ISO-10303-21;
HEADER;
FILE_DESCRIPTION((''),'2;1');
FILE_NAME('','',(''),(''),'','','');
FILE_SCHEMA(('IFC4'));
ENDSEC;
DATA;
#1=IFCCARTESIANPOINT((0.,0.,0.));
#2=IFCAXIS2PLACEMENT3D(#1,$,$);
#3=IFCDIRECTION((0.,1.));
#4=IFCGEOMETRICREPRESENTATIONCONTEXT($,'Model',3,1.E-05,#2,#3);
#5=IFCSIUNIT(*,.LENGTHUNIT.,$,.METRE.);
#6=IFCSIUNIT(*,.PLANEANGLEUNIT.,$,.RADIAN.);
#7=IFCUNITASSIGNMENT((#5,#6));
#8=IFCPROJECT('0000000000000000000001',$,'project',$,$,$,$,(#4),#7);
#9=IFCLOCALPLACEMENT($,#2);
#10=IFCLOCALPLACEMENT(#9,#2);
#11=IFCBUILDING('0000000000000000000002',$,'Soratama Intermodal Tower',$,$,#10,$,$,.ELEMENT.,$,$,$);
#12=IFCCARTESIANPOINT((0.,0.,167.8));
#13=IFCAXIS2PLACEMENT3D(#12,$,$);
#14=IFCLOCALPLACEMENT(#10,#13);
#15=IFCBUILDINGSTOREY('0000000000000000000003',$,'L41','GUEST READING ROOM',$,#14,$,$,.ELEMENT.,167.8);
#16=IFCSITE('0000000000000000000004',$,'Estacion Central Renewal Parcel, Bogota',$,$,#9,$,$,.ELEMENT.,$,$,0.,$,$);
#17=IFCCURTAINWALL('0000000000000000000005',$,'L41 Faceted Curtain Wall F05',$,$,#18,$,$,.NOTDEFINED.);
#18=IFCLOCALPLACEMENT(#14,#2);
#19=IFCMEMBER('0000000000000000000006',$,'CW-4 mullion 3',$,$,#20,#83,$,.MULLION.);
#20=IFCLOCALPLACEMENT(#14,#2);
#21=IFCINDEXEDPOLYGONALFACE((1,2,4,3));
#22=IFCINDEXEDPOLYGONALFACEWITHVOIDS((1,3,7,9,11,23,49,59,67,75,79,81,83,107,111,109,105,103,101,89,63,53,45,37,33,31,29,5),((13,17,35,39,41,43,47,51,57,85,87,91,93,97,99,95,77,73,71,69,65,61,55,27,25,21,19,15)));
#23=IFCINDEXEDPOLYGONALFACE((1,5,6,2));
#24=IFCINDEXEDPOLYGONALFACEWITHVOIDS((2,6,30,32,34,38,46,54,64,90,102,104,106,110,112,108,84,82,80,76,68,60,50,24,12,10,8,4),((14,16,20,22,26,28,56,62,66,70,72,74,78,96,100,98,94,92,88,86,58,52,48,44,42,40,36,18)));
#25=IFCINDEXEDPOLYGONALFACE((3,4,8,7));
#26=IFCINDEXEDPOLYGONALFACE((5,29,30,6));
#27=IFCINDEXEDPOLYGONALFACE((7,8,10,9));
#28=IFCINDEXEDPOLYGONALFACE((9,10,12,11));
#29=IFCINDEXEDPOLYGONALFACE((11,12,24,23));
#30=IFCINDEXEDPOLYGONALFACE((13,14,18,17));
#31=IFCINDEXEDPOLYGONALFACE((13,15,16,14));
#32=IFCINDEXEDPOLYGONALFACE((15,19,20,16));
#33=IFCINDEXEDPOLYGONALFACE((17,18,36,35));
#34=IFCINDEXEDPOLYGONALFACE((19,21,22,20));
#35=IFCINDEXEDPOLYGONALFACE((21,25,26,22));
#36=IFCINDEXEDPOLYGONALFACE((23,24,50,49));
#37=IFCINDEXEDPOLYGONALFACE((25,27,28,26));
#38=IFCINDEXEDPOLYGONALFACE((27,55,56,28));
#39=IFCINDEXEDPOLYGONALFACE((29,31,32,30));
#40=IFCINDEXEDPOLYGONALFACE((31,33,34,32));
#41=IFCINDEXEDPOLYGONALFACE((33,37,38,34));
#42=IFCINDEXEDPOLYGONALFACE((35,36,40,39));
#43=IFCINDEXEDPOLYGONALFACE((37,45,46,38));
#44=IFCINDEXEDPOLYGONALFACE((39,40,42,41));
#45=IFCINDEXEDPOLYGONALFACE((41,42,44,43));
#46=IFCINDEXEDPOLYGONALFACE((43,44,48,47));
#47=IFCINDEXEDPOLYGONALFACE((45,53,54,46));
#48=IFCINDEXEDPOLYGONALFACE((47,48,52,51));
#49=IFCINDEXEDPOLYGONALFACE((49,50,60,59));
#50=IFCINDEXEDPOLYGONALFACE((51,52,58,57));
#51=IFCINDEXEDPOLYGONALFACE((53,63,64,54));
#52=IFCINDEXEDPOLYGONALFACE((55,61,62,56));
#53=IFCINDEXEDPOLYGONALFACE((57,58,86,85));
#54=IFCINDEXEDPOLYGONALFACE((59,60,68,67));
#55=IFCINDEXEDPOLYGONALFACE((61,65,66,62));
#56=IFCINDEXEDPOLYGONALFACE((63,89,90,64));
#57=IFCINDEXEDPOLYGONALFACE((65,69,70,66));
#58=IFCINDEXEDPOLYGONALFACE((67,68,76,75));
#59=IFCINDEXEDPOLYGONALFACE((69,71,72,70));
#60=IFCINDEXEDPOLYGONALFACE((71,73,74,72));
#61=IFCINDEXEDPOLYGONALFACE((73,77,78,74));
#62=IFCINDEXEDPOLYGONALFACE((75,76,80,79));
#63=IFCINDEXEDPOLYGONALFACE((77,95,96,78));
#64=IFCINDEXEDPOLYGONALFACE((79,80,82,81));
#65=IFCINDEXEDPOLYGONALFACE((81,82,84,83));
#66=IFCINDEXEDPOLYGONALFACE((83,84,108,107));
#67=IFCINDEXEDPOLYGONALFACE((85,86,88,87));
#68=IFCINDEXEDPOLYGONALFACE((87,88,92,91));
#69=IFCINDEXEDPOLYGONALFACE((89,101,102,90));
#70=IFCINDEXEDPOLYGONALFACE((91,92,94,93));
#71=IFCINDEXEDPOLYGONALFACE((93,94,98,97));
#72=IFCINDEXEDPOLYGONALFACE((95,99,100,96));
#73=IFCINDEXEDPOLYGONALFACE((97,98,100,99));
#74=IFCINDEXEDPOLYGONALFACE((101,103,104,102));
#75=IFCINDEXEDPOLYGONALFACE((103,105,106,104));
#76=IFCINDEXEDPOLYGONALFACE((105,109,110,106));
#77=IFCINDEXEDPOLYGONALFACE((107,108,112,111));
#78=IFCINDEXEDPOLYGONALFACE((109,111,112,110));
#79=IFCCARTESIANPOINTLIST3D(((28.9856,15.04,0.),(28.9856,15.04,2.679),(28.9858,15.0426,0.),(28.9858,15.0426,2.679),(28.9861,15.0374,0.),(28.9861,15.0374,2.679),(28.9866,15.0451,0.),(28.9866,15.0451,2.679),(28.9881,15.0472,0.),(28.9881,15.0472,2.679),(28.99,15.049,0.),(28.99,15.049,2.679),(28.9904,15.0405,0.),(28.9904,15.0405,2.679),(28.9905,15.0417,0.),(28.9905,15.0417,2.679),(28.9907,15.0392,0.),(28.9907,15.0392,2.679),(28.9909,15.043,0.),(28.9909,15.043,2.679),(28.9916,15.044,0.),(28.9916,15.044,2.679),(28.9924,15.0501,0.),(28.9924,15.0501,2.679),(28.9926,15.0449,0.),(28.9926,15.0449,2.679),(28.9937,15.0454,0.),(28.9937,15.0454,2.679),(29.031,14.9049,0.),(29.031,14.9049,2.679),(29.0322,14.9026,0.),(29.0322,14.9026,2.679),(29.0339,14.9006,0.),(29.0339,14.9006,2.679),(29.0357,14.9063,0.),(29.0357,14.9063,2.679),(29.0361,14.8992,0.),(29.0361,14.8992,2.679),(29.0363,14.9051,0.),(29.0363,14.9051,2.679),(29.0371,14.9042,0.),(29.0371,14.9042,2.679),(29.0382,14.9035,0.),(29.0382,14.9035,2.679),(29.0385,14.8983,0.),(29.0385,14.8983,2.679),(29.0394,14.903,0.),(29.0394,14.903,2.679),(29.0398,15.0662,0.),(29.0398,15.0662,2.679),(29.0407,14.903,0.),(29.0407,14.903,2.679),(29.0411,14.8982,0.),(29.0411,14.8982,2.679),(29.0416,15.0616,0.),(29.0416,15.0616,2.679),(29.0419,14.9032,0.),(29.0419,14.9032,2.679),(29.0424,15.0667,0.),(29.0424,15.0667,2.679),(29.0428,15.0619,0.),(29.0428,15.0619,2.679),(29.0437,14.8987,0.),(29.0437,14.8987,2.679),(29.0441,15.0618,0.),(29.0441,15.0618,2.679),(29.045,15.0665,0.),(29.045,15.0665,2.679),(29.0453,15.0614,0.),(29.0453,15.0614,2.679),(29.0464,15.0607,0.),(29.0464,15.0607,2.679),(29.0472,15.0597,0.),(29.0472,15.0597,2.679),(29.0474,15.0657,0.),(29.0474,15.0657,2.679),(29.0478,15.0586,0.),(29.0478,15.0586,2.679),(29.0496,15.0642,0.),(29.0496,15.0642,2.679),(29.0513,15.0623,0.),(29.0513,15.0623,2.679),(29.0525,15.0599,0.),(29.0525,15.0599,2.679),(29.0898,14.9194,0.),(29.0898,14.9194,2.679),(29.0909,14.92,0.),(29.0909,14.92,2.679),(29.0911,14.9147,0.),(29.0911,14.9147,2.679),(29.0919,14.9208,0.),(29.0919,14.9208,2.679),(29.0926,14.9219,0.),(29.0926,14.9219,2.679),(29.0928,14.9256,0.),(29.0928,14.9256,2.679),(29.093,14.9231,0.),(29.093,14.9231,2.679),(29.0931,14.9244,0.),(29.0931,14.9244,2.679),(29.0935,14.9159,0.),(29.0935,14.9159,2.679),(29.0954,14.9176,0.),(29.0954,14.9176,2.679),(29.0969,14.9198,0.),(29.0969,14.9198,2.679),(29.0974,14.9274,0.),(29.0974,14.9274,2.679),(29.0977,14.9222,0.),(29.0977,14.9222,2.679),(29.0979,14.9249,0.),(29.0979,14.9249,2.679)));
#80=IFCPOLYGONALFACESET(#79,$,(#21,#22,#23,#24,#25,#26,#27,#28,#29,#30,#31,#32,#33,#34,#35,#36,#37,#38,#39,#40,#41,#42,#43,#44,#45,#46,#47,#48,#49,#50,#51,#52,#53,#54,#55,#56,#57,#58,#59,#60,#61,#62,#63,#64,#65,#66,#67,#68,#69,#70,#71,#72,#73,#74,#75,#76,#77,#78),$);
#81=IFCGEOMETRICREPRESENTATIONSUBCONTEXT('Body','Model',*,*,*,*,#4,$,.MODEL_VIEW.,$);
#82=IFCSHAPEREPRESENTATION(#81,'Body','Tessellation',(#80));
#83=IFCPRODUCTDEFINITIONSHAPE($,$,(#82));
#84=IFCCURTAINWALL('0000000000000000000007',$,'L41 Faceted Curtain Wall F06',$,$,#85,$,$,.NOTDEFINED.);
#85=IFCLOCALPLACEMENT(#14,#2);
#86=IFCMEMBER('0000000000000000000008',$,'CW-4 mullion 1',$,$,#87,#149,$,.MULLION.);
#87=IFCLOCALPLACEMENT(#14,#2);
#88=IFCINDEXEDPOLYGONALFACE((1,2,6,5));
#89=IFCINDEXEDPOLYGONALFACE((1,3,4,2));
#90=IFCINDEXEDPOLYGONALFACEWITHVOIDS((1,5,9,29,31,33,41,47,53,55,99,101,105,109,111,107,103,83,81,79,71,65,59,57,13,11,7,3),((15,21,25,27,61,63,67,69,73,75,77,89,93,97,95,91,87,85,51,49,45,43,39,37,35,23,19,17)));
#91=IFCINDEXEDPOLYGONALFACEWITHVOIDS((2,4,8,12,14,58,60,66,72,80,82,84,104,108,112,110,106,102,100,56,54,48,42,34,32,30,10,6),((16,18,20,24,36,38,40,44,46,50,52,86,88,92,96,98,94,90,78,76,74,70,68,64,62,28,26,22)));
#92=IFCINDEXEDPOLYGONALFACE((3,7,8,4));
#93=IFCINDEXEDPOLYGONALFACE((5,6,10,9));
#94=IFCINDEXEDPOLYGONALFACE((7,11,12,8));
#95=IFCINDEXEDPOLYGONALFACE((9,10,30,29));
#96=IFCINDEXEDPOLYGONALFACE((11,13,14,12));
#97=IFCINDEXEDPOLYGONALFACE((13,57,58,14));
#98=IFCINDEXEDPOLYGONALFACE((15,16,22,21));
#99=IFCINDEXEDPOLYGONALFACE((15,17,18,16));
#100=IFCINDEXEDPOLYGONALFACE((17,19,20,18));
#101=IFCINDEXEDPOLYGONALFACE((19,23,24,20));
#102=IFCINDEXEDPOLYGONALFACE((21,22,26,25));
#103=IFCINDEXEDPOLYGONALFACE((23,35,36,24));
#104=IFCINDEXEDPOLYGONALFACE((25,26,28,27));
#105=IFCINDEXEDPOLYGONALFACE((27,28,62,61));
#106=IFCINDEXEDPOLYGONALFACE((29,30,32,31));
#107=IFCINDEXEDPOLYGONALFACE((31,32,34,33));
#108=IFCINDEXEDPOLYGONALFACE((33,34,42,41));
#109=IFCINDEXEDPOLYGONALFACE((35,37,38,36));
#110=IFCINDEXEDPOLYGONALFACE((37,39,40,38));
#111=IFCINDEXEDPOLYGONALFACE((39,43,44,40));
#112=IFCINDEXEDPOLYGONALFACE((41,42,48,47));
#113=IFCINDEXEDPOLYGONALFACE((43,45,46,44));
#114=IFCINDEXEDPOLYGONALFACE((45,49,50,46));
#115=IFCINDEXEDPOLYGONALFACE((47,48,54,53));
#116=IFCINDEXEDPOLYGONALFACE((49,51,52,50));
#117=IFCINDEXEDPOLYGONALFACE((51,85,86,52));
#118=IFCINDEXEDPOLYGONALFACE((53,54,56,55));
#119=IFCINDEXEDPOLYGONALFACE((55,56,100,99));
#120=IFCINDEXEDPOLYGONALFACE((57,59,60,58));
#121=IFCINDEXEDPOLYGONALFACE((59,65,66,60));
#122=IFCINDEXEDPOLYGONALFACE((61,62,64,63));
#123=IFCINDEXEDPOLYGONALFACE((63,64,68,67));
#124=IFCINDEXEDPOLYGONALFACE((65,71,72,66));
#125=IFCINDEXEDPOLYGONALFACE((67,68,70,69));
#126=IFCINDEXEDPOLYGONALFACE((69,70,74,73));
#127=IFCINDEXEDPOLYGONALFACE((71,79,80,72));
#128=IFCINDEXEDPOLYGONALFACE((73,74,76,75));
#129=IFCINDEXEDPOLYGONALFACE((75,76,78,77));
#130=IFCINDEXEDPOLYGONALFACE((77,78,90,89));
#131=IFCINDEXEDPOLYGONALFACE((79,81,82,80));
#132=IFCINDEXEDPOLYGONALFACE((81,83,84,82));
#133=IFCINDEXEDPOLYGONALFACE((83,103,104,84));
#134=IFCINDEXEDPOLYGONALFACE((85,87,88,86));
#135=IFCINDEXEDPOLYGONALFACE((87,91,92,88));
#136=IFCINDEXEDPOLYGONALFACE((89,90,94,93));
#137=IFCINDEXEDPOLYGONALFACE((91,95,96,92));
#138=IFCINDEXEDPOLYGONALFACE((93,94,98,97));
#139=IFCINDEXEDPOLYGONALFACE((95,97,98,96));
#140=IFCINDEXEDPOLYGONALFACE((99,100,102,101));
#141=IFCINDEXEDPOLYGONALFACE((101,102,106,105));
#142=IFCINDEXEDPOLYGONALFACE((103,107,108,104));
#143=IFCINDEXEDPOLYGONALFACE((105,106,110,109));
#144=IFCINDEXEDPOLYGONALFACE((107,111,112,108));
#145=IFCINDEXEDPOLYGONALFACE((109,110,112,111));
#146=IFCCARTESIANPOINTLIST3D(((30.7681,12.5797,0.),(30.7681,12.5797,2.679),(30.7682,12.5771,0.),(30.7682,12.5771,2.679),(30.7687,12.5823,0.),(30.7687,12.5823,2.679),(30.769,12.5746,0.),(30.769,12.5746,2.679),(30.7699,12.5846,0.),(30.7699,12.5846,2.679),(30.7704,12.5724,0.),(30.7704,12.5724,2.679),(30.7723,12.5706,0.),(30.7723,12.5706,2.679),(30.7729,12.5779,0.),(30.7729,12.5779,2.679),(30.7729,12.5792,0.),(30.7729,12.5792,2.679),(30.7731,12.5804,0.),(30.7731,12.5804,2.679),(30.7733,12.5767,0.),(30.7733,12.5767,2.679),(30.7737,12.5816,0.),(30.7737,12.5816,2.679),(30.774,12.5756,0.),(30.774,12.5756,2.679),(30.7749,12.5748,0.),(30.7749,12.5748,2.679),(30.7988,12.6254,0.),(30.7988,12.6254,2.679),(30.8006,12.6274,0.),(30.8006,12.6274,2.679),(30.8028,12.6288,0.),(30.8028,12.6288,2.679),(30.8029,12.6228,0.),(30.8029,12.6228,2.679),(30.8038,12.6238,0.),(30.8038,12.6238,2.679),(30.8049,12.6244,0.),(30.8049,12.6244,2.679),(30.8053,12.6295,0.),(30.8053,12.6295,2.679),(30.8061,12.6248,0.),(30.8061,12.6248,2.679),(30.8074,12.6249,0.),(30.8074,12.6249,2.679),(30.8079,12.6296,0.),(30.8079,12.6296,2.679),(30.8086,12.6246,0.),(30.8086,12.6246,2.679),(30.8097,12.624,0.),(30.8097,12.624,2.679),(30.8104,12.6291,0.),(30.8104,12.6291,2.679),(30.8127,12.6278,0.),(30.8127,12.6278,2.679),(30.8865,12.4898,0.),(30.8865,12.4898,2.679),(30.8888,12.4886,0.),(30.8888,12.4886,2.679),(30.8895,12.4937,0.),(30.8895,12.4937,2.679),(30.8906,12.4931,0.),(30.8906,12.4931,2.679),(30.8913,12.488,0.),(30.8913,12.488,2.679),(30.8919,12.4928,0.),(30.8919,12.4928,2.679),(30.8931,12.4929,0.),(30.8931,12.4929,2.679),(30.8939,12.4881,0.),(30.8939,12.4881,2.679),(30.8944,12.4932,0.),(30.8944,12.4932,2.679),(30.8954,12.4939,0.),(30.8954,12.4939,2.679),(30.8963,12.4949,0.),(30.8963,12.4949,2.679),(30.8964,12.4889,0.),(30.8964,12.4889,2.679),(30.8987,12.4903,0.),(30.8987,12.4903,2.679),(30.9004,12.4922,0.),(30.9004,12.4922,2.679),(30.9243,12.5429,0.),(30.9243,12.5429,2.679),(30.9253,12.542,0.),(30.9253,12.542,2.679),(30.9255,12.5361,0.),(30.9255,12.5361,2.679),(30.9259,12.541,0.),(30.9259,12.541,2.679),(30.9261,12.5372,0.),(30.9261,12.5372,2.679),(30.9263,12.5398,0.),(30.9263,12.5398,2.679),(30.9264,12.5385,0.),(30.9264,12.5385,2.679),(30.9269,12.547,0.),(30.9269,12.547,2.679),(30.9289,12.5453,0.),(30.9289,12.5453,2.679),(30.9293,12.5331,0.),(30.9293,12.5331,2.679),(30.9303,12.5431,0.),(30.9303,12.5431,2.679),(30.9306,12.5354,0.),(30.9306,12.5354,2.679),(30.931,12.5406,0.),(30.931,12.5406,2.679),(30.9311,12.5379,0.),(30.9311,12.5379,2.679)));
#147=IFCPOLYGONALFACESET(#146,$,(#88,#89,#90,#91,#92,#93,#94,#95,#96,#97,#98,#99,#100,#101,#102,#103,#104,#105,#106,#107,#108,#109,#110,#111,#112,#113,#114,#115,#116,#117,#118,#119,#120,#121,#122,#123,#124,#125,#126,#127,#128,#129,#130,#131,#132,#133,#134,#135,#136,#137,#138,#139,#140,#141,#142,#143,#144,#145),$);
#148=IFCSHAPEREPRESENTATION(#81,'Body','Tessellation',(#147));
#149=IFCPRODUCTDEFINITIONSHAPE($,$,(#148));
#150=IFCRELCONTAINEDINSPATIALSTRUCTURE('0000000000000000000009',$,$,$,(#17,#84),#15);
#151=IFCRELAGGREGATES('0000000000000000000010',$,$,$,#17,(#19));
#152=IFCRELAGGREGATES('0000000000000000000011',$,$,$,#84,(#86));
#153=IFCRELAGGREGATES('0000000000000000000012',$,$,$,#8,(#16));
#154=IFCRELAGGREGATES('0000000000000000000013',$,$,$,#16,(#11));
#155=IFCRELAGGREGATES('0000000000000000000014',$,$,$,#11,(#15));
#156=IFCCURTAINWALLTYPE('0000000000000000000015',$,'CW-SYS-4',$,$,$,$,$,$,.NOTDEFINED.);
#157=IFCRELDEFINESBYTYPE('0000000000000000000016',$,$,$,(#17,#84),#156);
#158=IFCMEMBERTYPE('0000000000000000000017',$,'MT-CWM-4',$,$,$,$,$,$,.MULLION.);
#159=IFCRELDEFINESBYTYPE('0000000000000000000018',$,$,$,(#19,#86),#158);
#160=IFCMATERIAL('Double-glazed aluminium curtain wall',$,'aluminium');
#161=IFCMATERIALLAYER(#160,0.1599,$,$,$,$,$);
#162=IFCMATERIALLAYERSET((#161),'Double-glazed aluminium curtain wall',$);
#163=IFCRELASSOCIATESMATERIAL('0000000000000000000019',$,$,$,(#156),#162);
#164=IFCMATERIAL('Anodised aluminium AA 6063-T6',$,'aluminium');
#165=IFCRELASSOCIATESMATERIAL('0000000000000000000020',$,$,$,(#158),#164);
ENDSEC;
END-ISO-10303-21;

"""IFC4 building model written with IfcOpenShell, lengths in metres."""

from ifc_helpers import new_model, si_unit, direction, frame, origin, origin_2d, place, context, subcontext, project, spatial, hollow_rectangle, extrude, material, layer, layer_set, material_profile, profile_set, type_object, element, aggregate, save


model = new_model("IFC4")

# Units and contexts
model_context = context("Model", 3, precision=1e-05, world=origin(), true_north=direction((0.0, 1.0)))
body_context = subcontext(model_context, "Body", "Model", "MODEL_VIEW")
ifc_project = project(units=[si_unit("LENGTHUNIT", "METRE"), si_unit("PLANEANGLEUNIT", "RADIAN")], contexts=[model_context])

# Site, building, storey
site_placement = place(None, origin())
site = spatial("IfcSite", under=ifc_project, at=site_placement, Name="Estacion Central Renewal Parcel, Bogota", CompositionType="ELEMENT", RefElevation=0.0)
building_placement = place(site_placement, origin())
building = spatial("IfcBuilding", under=site, at=building_placement, Name="Soratama Intermodal Tower", CompositionType="ELEMENT")
storey_placement = place(building_placement, frame((0.0, 0.0, 167.8)))
storey = spatial("IfcBuildingStorey", under=building, at=storey_placement, Name="L41", Description="GUEST READING ROOM", CompositionType="ELEMENT", Elevation=167.8)

# Curtain wall, member
ifc_material_1 = material(Name="Double-glazed aluminium curtain wall", Category="aluminium")
ifc_layer_1 = layer(ifc_material_1, 0.1599)
ifc_layer_set_1 = layer_set([ifc_layer_1], Name="Double-glazed aluminium curtain wall")
curtain_wall_type = type_object("IfcCurtainWallType", Name="CW-SYS-4", PredefinedType="NOTDEFINED", material=ifc_layer_set_1)
curtain_wall_1_placement = place(storey_placement, origin())
curtain_wall_1 = element("IfcCurtainWall", 1, at=curtain_wall_1_placement, inside=storey, type_object=curtain_wall_type, Name="L41 Faceted Curtain Wall F05", PredefinedType="NOTDEFINED")
ifc_material_2 = material(Name="Anodised aluminium AA 6063-T6", Category="aluminium")
ifc_material_profile_1 = material_profile(ifc_material_2, hollow_rectangle(XDim=0.0701, YDim=0.1599, WallThickness=0.0049, InnerFilletRadius=0.0049, OuterFilletRadius=0.01, at=origin_2d()), Name="CWM160X70X5")
ifc_profile_set_1 = profile_set([ifc_material_profile_1], Name="Anodised aluminium AA 6063-T6")
member_type_1 = type_object("IfcMemberType", Name="MT-CWM-4", PredefinedType="MULLION", material=ifc_profile_set_1)
member_1_placement = place(storey_placement, frame((29.0417, 14.9824, 0.0), z_axis=(0.0, 0.0, 1.0), x_axis=(0.9471, 0.32094, 0.0)))
member_1 = element("IfcMember", 2, at=member_1_placement, type_object=member_type_1, Name="CW-4 mullion 3", PredefinedType="MULLION", context=body_context, shape_type="SweptSolid", body=[
    extrude(hollow_rectangle(XDim=0.0701, YDim=0.1599, WallThickness=0.0049, InnerFilletRadius=0.0049, OuterFilletRadius=0.01, at=origin_2d()), origin(), (0.0, 0.0, 1.0), 2.679),
])

# Curtain wall, member
curtain_wall_2_placement = place(storey_placement, origin())
curtain_wall_2 = element("IfcCurtainWall", 3, at=curtain_wall_2_placement, inside=storey, type_object=curtain_wall_type, Name="L41 Faceted Curtain Wall F06", PredefinedType="NOTDEFINED")
member_2_placement = place(storey_placement, frame((30.8496, 12.5588, 0.0), z_axis=(0.0, 0.0, 1.0), x_axis=(0.577564, 0.816345, 0.0)))
member_2 = element("IfcMember", 4, at=member_2_placement, type_object=member_type_1, Name="CW-4 mullion 1", PredefinedType="MULLION", context=body_context, shape_type="SweptSolid", body=[
    extrude(hollow_rectangle(XDim=0.0701, YDim=0.1599, WallThickness=0.0049, InnerFilletRadius=0.0049, OuterFilletRadius=0.01, at=origin_2d()), origin(), (0.0, 0.0, 1.0), 2.679),
])

aggregate(curtain_wall_1, [member_1])
aggregate(curtain_wall_2, [member_2])

save(model, "model.ifc")
